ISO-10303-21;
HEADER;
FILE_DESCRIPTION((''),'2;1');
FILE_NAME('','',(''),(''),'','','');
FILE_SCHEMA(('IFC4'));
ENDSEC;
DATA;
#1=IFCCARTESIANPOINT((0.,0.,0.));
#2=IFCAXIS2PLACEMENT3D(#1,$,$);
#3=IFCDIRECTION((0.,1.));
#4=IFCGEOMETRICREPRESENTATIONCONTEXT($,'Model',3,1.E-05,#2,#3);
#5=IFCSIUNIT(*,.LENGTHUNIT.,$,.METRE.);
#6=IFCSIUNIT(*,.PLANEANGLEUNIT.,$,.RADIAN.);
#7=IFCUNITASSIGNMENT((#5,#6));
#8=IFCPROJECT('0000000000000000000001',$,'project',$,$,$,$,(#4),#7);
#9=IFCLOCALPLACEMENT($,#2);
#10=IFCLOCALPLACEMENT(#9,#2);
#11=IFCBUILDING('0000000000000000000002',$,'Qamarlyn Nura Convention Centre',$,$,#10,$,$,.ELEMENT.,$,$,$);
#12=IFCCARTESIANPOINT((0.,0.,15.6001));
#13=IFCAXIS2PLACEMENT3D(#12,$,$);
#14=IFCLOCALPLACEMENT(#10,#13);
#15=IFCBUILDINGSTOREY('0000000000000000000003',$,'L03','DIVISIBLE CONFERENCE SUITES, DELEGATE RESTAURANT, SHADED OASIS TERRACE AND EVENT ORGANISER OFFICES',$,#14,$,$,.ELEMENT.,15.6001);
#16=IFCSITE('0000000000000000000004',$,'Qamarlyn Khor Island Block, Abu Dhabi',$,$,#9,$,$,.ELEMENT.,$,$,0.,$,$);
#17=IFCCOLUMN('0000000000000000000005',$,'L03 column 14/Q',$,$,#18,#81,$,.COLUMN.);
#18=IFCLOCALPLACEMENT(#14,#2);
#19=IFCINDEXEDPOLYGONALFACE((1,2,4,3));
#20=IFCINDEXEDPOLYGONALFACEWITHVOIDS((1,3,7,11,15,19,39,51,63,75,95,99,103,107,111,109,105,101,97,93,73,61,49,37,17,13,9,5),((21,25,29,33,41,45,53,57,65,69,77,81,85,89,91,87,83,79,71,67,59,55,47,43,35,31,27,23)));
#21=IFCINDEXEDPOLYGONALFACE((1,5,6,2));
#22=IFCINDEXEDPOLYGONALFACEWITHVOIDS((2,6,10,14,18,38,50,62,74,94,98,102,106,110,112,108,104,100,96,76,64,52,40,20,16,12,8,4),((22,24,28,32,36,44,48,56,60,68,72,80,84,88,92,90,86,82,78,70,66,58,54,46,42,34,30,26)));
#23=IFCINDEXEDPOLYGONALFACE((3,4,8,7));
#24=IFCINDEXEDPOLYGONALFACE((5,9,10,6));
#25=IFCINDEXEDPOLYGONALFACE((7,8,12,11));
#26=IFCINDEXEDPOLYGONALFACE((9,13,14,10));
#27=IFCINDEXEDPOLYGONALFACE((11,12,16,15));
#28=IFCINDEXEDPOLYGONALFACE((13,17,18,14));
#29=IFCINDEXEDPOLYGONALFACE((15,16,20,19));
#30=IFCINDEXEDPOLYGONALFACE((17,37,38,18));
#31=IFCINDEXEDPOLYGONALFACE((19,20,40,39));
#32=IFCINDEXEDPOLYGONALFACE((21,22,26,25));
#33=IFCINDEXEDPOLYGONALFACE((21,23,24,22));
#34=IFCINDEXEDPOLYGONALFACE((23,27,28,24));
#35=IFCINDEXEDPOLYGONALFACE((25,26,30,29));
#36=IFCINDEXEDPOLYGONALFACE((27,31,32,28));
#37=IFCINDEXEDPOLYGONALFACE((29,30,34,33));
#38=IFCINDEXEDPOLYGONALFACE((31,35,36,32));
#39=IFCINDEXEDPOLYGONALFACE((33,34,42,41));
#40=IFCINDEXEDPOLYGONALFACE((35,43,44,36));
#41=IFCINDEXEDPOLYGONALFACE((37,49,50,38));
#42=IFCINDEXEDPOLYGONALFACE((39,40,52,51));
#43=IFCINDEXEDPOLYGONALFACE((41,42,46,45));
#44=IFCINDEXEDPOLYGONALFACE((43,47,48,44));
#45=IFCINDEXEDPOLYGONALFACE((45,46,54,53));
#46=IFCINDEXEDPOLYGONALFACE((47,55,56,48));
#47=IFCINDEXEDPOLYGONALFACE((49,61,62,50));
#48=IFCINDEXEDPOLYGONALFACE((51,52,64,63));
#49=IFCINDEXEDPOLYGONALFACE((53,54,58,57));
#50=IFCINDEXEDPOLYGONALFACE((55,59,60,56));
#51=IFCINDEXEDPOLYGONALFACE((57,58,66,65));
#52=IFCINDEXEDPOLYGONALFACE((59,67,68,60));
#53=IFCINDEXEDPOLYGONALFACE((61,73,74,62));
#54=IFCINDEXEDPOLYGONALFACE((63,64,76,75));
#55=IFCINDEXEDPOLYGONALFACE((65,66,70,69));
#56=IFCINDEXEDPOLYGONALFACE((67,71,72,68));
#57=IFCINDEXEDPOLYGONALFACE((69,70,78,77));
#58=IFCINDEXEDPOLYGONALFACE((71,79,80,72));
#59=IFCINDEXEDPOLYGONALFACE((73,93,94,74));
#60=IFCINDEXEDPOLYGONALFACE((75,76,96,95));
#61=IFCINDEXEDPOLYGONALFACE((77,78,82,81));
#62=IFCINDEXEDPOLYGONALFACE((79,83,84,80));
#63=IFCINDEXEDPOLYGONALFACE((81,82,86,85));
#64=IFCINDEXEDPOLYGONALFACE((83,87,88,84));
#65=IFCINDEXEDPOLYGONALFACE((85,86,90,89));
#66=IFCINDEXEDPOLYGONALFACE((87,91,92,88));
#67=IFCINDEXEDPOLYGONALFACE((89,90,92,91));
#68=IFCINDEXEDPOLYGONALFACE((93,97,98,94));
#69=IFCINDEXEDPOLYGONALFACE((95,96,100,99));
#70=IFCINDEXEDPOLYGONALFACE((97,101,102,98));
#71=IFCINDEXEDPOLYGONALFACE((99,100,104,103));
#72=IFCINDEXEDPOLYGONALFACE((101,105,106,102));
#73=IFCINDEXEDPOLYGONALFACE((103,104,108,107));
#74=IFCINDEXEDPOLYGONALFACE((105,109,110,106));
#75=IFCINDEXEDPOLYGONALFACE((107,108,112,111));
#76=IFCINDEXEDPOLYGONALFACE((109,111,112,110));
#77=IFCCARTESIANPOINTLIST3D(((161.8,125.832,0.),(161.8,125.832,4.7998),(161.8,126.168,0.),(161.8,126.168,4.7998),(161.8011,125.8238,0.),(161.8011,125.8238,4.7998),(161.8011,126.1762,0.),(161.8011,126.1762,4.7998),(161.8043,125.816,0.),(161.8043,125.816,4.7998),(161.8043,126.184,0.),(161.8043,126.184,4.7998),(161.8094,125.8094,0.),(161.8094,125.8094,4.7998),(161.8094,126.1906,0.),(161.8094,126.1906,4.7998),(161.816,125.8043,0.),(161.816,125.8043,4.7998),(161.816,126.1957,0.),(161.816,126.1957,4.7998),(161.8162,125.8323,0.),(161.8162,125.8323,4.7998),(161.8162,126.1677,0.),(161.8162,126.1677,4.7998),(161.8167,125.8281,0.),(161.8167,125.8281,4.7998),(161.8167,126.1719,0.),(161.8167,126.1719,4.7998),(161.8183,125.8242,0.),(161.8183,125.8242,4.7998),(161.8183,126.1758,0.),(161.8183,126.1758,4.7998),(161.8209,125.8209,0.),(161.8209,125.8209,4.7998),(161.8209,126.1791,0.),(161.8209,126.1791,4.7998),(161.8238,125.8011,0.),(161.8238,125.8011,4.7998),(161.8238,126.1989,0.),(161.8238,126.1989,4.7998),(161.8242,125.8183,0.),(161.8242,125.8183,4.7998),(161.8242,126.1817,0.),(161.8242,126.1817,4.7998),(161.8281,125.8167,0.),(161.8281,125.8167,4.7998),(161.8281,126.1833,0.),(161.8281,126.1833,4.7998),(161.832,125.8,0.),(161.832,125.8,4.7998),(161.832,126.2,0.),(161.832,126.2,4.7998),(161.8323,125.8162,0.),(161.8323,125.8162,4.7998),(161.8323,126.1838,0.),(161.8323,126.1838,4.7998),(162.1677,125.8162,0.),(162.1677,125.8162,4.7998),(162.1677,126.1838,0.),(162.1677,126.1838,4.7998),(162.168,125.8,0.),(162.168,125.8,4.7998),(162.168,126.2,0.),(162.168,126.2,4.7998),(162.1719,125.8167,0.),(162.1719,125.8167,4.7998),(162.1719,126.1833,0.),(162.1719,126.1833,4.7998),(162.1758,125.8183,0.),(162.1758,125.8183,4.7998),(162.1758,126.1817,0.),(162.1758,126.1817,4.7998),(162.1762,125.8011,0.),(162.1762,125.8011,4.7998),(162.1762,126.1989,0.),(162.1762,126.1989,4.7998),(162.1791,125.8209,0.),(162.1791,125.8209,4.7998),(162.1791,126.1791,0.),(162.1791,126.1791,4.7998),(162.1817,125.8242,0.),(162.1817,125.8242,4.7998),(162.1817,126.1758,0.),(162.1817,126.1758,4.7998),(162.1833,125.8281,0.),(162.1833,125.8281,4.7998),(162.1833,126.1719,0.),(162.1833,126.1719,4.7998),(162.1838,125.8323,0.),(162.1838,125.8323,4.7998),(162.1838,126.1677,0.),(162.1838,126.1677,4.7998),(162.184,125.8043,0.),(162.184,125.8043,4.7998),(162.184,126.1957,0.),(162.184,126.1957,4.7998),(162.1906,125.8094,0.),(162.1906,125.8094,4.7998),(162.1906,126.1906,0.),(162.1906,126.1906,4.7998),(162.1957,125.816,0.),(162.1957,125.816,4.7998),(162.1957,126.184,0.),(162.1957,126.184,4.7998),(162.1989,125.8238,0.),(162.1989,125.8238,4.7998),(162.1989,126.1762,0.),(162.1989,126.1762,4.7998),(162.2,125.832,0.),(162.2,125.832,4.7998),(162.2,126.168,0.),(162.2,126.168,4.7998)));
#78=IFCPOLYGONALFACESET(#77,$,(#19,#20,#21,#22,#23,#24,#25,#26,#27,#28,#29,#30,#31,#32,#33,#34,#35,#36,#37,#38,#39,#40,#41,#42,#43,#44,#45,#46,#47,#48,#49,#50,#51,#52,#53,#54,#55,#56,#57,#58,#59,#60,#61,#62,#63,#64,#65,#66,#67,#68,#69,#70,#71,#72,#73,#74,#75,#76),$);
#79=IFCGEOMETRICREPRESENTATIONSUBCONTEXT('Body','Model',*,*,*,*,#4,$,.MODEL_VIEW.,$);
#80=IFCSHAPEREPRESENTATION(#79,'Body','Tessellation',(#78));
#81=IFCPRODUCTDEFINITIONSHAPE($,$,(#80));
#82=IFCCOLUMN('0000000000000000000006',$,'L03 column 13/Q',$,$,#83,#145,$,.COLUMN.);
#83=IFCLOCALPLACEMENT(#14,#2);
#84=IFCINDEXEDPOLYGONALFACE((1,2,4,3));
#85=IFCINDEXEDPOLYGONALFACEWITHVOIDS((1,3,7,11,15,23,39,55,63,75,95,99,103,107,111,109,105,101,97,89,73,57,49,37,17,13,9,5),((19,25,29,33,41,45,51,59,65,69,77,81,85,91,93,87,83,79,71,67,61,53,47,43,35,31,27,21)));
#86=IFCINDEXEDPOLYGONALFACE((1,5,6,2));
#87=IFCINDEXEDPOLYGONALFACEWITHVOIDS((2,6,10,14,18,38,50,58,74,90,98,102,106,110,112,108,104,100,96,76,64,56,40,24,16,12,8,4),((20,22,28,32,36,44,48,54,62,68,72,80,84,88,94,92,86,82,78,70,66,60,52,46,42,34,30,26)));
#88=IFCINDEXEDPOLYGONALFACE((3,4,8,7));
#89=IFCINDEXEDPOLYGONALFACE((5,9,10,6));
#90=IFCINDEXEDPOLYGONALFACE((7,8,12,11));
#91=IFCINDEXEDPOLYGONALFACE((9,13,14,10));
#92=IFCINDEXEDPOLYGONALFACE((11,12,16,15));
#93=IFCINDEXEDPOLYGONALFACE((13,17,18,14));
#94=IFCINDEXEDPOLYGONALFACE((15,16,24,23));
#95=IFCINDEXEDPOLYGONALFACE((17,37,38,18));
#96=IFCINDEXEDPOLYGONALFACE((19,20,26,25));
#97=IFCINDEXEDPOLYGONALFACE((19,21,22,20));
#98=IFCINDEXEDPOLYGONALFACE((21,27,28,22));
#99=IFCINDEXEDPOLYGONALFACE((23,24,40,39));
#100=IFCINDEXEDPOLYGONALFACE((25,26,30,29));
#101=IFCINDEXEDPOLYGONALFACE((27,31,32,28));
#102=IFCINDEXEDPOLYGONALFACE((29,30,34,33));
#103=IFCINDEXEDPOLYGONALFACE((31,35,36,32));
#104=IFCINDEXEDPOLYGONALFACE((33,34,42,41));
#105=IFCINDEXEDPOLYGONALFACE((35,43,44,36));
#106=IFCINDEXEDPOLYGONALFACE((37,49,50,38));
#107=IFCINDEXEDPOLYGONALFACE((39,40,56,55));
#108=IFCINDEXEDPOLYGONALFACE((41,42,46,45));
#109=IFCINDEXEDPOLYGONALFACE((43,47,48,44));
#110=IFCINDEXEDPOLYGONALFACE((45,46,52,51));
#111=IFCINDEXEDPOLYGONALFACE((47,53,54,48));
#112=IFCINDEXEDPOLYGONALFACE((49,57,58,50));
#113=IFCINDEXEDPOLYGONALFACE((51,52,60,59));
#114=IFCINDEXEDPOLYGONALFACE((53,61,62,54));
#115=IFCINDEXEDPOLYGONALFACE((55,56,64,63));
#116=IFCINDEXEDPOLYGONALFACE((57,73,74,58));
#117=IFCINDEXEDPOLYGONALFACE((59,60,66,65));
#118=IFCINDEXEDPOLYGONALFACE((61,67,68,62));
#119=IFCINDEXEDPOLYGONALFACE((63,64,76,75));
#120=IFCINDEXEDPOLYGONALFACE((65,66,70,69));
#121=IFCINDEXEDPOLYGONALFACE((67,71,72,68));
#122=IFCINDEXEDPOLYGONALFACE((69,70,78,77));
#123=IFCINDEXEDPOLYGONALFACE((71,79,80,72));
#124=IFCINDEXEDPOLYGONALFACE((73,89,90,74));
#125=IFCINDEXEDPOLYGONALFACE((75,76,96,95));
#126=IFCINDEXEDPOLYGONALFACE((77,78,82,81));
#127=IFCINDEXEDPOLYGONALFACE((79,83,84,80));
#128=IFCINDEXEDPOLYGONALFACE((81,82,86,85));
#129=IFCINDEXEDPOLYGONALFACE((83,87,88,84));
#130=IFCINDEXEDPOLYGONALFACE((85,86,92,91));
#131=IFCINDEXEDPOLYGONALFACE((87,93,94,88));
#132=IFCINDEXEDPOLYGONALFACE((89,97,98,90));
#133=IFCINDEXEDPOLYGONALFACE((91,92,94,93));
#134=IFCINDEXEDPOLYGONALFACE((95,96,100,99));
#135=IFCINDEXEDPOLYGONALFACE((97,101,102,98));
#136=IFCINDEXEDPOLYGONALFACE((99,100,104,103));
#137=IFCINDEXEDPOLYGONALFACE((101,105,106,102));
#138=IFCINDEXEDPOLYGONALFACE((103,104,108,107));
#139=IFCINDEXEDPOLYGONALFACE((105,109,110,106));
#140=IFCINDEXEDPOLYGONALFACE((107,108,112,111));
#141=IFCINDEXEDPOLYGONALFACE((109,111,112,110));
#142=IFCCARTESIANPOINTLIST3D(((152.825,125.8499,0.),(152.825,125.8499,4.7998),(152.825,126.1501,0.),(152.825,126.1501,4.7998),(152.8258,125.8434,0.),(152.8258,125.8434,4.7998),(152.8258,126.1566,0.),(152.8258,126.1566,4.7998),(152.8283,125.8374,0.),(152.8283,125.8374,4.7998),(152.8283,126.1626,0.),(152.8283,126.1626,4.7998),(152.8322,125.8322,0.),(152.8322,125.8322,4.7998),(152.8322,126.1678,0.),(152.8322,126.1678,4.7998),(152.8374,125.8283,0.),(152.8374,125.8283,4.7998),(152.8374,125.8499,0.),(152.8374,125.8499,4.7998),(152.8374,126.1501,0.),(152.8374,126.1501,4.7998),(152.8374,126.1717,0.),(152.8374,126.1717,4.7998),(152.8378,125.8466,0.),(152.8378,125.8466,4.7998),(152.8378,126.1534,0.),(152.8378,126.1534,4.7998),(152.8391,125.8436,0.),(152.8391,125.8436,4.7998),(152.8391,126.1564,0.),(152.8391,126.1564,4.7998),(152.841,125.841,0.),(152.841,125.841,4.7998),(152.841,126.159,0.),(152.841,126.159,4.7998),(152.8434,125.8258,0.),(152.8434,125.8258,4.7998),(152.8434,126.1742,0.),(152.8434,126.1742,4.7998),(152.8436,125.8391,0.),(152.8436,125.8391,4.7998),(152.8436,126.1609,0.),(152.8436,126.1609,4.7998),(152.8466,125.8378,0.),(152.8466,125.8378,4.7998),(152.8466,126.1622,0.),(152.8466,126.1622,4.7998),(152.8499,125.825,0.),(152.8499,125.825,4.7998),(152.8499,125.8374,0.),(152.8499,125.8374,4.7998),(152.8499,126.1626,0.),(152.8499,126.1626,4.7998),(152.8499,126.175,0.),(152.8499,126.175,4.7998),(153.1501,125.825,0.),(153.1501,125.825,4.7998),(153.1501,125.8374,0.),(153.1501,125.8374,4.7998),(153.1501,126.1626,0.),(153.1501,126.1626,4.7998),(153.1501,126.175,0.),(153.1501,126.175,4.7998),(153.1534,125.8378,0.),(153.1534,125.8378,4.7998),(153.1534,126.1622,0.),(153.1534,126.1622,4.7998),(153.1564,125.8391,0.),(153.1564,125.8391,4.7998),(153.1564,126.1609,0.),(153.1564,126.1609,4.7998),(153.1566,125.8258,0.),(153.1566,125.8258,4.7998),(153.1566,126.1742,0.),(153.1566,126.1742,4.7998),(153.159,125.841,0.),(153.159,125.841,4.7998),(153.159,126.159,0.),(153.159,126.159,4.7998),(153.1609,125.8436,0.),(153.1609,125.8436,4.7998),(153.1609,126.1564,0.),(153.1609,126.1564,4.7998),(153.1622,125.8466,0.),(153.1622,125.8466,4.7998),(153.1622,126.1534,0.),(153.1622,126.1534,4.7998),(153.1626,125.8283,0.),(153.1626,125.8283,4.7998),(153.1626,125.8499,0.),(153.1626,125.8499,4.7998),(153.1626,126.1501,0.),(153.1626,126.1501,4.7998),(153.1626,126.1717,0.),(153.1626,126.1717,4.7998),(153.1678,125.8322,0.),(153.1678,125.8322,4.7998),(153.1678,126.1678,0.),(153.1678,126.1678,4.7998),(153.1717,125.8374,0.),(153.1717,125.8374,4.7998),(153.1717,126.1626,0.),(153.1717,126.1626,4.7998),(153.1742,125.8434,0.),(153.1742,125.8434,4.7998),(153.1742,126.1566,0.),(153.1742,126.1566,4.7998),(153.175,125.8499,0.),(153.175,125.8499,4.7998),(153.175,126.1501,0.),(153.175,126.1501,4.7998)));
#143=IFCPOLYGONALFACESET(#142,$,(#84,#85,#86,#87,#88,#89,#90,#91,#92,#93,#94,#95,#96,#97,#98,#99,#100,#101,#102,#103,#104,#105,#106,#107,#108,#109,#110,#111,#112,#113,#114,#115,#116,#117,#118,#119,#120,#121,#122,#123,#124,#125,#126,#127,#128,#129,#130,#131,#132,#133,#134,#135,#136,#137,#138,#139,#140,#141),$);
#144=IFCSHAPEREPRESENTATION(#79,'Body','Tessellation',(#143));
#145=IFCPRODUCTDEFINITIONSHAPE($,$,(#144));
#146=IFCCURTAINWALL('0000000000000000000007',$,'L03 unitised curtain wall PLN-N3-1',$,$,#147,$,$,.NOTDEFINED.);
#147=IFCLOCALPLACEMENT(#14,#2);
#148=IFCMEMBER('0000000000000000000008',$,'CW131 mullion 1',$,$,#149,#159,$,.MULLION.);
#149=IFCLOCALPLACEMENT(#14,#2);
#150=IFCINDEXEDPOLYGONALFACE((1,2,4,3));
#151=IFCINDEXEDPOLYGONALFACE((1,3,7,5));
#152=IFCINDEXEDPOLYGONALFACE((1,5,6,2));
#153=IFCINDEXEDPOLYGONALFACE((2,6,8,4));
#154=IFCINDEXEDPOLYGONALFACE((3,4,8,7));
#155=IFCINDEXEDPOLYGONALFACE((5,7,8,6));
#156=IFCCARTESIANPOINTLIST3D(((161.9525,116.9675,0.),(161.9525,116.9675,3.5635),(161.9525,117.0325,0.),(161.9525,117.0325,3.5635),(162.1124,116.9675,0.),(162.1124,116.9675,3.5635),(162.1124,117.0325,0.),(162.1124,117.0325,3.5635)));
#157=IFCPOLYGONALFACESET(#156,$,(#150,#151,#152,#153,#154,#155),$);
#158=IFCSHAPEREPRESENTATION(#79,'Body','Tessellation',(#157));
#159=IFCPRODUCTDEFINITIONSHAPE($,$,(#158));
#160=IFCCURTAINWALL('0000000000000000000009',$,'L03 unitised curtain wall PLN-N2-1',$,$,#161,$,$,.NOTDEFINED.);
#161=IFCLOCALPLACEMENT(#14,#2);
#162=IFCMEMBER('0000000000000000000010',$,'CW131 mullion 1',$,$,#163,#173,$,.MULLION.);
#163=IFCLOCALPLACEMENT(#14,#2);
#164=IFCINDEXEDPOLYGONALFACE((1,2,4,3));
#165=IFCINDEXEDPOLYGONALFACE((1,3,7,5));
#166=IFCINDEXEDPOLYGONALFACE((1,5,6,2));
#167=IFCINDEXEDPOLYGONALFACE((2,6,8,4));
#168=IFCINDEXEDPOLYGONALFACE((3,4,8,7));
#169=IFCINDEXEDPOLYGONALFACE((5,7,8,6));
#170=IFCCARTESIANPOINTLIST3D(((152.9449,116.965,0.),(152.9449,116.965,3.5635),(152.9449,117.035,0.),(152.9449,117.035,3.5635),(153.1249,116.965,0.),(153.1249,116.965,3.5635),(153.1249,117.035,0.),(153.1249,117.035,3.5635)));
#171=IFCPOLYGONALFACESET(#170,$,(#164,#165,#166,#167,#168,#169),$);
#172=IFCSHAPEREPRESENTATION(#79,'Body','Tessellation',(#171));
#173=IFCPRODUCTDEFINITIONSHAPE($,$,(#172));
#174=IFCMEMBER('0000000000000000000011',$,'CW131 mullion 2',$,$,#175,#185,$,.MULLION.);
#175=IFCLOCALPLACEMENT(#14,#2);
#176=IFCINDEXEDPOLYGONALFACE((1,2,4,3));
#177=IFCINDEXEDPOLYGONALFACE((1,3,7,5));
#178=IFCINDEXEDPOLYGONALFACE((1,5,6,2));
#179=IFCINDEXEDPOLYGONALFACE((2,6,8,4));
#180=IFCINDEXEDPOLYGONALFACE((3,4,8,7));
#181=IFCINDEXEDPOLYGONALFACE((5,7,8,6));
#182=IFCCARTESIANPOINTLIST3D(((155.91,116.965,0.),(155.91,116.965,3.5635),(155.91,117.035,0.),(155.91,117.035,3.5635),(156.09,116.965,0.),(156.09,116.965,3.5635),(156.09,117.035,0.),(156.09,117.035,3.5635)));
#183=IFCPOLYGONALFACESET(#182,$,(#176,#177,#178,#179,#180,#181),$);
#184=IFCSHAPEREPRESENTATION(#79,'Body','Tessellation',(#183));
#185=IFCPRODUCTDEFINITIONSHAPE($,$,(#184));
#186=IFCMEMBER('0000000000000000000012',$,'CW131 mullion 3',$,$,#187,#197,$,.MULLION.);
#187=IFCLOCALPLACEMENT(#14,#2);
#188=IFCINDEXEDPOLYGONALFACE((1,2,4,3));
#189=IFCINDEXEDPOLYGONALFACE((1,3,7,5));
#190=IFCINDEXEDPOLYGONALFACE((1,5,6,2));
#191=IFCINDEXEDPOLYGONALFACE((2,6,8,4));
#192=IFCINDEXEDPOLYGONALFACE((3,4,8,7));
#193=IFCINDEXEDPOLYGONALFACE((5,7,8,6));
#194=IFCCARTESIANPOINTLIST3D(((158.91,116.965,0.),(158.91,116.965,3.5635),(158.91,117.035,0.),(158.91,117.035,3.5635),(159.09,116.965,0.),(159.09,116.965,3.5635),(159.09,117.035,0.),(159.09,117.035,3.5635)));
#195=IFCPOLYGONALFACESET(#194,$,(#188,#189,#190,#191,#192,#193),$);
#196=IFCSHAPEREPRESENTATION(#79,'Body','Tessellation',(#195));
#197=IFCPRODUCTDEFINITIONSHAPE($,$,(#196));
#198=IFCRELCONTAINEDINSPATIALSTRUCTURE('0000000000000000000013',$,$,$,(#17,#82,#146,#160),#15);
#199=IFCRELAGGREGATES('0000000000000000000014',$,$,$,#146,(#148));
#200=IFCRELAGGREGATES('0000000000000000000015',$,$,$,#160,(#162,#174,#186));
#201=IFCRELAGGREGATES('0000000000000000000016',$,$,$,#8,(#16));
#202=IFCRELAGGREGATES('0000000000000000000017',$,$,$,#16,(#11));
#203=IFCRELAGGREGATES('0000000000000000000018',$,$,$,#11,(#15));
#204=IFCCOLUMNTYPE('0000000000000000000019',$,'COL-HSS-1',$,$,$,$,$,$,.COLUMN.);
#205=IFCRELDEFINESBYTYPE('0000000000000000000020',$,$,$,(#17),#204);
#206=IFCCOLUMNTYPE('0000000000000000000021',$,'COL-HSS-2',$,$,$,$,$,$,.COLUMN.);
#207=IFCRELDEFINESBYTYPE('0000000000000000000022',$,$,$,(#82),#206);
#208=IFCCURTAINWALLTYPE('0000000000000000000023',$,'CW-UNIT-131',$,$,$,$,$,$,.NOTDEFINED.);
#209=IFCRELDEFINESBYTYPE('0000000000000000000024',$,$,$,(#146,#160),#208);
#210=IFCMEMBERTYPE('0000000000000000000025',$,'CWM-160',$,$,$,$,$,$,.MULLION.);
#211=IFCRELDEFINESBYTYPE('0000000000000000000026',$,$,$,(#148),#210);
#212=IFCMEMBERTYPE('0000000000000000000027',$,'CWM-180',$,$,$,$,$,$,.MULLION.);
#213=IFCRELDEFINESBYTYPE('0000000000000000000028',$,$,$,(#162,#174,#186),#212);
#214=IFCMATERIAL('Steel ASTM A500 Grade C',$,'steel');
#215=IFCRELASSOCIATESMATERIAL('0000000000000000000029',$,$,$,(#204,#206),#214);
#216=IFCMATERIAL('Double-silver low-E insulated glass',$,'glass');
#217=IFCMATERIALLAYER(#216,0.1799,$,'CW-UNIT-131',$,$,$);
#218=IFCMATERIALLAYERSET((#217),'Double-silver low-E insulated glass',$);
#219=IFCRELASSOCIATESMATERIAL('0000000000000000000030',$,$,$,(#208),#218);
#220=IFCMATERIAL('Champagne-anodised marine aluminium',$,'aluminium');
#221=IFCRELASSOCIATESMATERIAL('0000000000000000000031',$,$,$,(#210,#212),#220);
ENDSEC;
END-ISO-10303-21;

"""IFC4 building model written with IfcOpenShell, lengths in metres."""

from ifc_helpers import new_model, si_unit, direction, frame, origin, origin_2d, place, context, subcontext, project, spatial, rectangle, hollow_rectangle, extrude, material, layer, layer_set, material_profile, profile_set, type_object, element, aggregate, save


model = new_model("IFC4")

# Units and contexts
model_context = context("Model", 3, precision=1e-05, world=origin(), true_north=direction((0.0, 1.0)))
body_context = subcontext(model_context, "Body", "Model", "MODEL_VIEW")
ifc_project = project(units=[si_unit("LENGTHUNIT", "METRE"), si_unit("PLANEANGLEUNIT", "RADIAN")], contexts=[model_context])

# Site, building, storey
site_placement = place(None, origin())
site = spatial("IfcSite", under=ifc_project, at=site_placement, Name="Qamarlyn Khor Island Block, Abu Dhabi", CompositionType="ELEMENT", RefElevation=0.0)
building_placement = place(site_placement, origin())
building = spatial("IfcBuilding", under=site, at=building_placement, Name="Qamarlyn Nura Convention Centre", CompositionType="ELEMENT")
storey_placement = place(building_placement, frame((0.0, 0.0, 15.6001)))
storey = spatial("IfcBuildingStorey", under=building, at=storey_placement, Name="L03", Description="DIVISIBLE CONFERENCE SUITES, DELEGATE RESTAURANT, SHADED OASIS TERRACE AND EVENT ORGANISER OFFICES", CompositionType="ELEMENT", Elevation=15.6001)

# Columns
ifc_material_1 = material(Name="Steel ASTM A500 Grade C", Category="steel")
ifc_material_profile_1 = material_profile(ifc_material_1, hollow_rectangle(XDim=0.3999, YDim=0.3999, WallThickness=0.0161, InnerFilletRadius=0.0161, OuterFilletRadius=0.032, at=origin_2d()), Name="HSS400X400X16")
ifc_profile_set_1 = profile_set([ifc_material_profile_1], Name="Steel ASTM A500 Grade C")
column_type_1 = type_object("IfcColumnType", Name="COL-HSS-1", PredefinedType="COLUMN", material=ifc_profile_set_1)
column_1_placement = place(storey_placement, frame((162.0, 126.0, 0.0), z_axis=(0.0, 0.0, 1.0), x_axis=(1.0, 0.0, 0.0)))
element("IfcColumn", 1, at=column_1_placement, inside=storey, type_object=column_type_1, Name="L03 column 14/Q", PredefinedType="COLUMN", context=body_context, shape_type="SweptSolid", body=[
    extrude(hollow_rectangle(XDim=0.3999, YDim=0.3999, WallThickness=0.0161, InnerFilletRadius=0.0161, OuterFilletRadius=0.032, at=origin_2d()), origin(), (0.0, 0.0, 1.0), 4.7998),
])
ifc_material_profile_2 = material_profile(ifc_material_1, hollow_rectangle(XDim=0.3501, YDim=0.3501, WallThickness=0.0125, InnerFilletRadius=0.0125, OuterFilletRadius=0.0249, at=origin_2d()), Name="HSS350X350X12.5")
ifc_profile_set_2 = profile_set([ifc_material_profile_2], Name="Steel ASTM A500 Grade C")
column_type_2 = type_object("IfcColumnType", Name="COL-HSS-2", PredefinedType="COLUMN", material=ifc_profile_set_2)
column_2_placement = place(storey_placement, frame((153.0, 126.0, 0.0), z_axis=(0.0, 0.0, 1.0), x_axis=(1.0, 0.0, 0.0)))
element("IfcColumn", 2, at=column_2_placement, inside=storey, type_object=column_type_2, Name="L03 column 13/Q", PredefinedType="COLUMN", context=body_context, shape_type="SweptSolid", body=[
    extrude(hollow_rectangle(XDim=0.3501, YDim=0.3501, WallThickness=0.0125, InnerFilletRadius=0.0125, OuterFilletRadius=0.0249, at=origin_2d()), origin(), (0.0, 0.0, 1.0), 4.7998),
])

# Curtain wall, member
ifc_material_2 = material(Name="Double-silver low-E insulated glass", Category="glass")
ifc_layer_1 = layer(ifc_material_2, 0.1799, Name="CW-UNIT-131")
ifc_layer_set_1 = layer_set([ifc_layer_1], Name="Double-silver low-E insulated glass")
curtain_wall_type = type_object("IfcCurtainWallType", Name="CW-UNIT-131", PredefinedType="NOTDEFINED", material=ifc_layer_set_1)
curtain_wall_1_placement = place(storey_placement, origin())
curtain_wall_1 = element("IfcCurtainWall", 3, at=curtain_wall_1_placement, inside=storey, type_object=curtain_wall_type, Name="L03 unitised curtain wall PLN-N3-1", PredefinedType="NOTDEFINED")
ifc_material_3 = material(Name="Champagne-anodised marine aluminium", Category="aluminium")
ifc_material_profile_3 = material_profile(ifc_material_3, rectangle(XDim=0.0649, YDim=0.1599, at=origin_2d()), Name="ALU MULLION 65x160")
ifc_profile_set_3 = profile_set([ifc_material_profile_3], Name="Champagne-anodised marine aluminium")
member_type_1 = type_object("IfcMemberType", Name="CWM-160", PredefinedType="MULLION", material=ifc_profile_set_3)
member_1_placement = place(storey_placement, frame((162.0325, 117.0, 0.0), z_axis=(0.0, 0.0, 1.0), x_axis=(0.0, 1.0, 0.0)))
member_1 = element("IfcMember", 4, at=member_1_placement, type_object=member_type_1, Name="CW131 mullion 1", PredefinedType="MULLION", context=body_context, shape_type="SweptSolid", body=[
    extrude(rectangle(XDim=0.0649, YDim=0.1599, at=origin_2d()), origin(), (0.0, 0.0, 1.0), 3.5635),
])

# Curtain wall, members
curtain_wall_2_placement = place(storey_placement, origin())
curtain_wall_2 = element("IfcCurtainWall", 5, at=curtain_wall_2_placement, inside=storey, type_object=curtain_wall_type, Name="L03 unitised curtain wall PLN-N2-1", PredefinedType="NOTDEFINED")
ifc_material_profile_4 = material_profile(ifc_material_3, rectangle(XDim=0.0701, YDim=0.1799, at=origin_2d()), Name="ALU MULLION 70x180")
ifc_profile_set_4 = profile_set([ifc_material_profile_4], Name="Champagne-anodised marine aluminium")
member_type_2 = type_object("IfcMemberType", Name="CWM-180", PredefinedType="MULLION", material=ifc_profile_set_4)
member_2_placement = place(storey_placement, frame((153.0349, 117.0, 0.0), z_axis=(0.0, 0.0, 1.0), x_axis=(0.0, 1.0, 0.0)))
member_2 = element("IfcMember", 6, at=member_2_placement, type_object=member_type_2, Name="CW131 mullion 1", PredefinedType="MULLION", context=body_context, shape_type="SweptSolid", body=[
    extrude(rectangle(XDim=0.0701, YDim=0.1799, at=origin_2d()), origin(), (0.0, 0.0, 1.0), 3.5635),
])
member_3_placement = place(storey_placement, frame((156.0, 117.0, 0.0), z_axis=(0.0, 0.0, 1.0), x_axis=(0.0, 1.0, 0.0)))
member_3 = element("IfcMember", 7, at=member_3_placement, type_object=member_type_2, Name="CW131 mullion 2", PredefinedType="MULLION", context=body_context, shape_type="SweptSolid", body=[
    extrude(rectangle(XDim=0.0701, YDim=0.1799, at=origin_2d()), origin(), (0.0, 0.0, 1.0), 3.5635),
])
member_4_placement = place(storey_placement, frame((159.0, 117.0, 0.0), z_axis=(0.0, 0.0, 1.0), x_axis=(0.0, 1.0, 0.0)))
member_4 = element("IfcMember", 8, at=member_4_placement, type_object=member_type_2, Name="CW131 mullion 3", PredefinedType="MULLION", context=body_context, shape_type="SweptSolid", body=[
    extrude(rectangle(XDim=0.0701, YDim=0.1799, at=origin_2d()), origin(), (0.0, 0.0, 1.0), 3.5635),
])

aggregate(curtain_wall_1, [member_1])

aggregate(curtain_wall_2, [member_2, member_3, member_4])

save(model, "model.ifc")
